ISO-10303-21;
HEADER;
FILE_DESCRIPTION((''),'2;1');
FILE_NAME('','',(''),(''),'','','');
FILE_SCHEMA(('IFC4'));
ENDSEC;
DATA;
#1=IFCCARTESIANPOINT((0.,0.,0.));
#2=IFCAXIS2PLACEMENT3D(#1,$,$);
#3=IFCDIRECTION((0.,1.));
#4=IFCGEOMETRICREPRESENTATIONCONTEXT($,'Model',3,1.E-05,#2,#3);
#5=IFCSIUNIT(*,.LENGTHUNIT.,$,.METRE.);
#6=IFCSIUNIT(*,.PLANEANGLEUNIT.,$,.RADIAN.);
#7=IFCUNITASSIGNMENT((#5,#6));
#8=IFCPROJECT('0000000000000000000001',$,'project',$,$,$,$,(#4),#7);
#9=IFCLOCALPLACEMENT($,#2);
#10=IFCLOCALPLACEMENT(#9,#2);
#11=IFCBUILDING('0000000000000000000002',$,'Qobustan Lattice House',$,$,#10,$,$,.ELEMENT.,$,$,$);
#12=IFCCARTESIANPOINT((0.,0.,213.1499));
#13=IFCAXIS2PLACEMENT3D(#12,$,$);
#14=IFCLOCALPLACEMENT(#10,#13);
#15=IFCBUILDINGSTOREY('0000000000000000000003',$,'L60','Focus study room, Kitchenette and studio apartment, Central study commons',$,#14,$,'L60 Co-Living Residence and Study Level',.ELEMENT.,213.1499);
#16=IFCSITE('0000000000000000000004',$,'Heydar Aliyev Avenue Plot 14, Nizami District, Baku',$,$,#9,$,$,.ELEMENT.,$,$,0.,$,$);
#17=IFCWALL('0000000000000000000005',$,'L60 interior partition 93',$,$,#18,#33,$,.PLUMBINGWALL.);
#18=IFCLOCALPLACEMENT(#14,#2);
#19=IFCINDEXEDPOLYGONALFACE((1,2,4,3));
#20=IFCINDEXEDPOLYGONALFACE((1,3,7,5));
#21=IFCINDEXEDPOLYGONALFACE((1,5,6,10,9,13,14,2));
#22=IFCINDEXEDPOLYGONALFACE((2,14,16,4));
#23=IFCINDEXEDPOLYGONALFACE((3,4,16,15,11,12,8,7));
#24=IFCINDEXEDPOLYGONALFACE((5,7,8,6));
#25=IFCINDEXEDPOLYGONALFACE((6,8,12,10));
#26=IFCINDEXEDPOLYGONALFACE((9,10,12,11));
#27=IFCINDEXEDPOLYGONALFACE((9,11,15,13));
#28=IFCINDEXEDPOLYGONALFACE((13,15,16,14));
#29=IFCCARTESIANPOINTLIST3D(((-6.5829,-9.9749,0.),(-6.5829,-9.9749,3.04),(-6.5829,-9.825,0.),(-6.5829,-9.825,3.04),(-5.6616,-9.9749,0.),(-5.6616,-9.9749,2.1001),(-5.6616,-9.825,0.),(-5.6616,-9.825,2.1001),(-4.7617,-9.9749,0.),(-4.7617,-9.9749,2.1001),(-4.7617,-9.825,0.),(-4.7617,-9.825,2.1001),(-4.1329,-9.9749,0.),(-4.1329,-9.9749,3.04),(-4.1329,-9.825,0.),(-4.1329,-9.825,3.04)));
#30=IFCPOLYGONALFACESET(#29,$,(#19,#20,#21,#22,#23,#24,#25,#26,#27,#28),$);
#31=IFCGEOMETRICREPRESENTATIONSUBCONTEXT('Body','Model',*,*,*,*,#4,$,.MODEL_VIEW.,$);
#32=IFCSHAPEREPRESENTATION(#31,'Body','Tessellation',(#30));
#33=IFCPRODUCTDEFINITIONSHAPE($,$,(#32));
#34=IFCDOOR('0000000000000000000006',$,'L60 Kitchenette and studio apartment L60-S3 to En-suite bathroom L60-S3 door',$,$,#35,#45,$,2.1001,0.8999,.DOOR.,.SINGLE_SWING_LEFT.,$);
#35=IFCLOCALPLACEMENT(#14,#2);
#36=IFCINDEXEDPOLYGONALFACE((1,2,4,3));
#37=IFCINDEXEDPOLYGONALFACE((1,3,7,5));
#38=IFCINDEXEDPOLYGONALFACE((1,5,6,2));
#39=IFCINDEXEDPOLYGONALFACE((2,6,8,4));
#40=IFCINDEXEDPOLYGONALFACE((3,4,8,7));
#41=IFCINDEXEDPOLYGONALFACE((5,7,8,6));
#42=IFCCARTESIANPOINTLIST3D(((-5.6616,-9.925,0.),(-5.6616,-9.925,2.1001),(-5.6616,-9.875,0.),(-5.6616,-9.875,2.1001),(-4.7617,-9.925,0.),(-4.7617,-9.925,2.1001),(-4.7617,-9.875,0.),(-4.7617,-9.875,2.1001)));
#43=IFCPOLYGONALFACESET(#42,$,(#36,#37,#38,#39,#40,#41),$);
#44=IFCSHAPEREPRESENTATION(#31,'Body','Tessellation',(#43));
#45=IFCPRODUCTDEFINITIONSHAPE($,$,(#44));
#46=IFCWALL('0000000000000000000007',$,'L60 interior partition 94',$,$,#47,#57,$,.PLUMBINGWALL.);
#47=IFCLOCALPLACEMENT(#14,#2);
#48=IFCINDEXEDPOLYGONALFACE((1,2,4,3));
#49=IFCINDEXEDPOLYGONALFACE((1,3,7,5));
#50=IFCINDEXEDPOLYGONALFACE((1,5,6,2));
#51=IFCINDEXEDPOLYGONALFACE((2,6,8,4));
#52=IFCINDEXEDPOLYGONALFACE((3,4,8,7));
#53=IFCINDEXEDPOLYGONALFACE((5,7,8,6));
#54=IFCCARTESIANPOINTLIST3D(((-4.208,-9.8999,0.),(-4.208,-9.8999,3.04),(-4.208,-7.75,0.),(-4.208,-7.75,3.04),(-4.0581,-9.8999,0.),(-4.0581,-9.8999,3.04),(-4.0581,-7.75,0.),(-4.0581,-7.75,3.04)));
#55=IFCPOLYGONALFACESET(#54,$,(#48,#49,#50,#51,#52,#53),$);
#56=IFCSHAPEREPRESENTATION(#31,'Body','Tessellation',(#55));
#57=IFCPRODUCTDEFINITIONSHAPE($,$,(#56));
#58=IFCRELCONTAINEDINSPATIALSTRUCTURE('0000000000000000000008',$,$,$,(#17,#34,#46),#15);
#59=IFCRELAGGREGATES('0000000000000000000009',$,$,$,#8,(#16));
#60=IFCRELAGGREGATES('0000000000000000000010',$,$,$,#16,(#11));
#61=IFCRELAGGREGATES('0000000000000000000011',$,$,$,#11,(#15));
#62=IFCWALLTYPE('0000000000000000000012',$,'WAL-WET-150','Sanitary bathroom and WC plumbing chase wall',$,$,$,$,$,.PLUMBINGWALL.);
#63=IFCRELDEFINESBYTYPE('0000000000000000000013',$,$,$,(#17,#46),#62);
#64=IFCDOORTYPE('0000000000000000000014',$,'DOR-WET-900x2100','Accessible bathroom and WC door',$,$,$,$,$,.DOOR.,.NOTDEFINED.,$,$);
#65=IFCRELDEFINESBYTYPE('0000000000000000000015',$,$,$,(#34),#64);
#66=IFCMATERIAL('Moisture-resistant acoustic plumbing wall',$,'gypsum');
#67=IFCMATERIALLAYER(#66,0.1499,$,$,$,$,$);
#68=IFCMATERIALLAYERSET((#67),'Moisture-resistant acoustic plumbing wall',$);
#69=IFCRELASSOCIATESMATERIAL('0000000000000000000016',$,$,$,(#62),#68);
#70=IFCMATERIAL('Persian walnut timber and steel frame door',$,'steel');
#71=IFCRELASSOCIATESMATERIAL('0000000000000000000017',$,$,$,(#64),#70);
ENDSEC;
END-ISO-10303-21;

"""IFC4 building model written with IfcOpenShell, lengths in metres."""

from ifc_helpers import new_model, si_unit, direction, frame, frame_2d, origin, place, context, subcontext, project, spatial, rectangle, extrude, material, layer, layer_set, type_object, element, fill, save


model = new_model("IFC4")

# Units and contexts
model_context = context("Model", 3, precision=1e-05, world=origin(), true_north=direction((0.0, 1.0)))
body_context = subcontext(model_context, "Body", "Model", "MODEL_VIEW")
ifc_project = project(units=[si_unit("LENGTHUNIT", "METRE"), si_unit("PLANEANGLEUNIT", "RADIAN")], contexts=[model_context])

# Site, building, storey
site_placement = place(None, origin())
site = spatial("IfcSite", under=ifc_project, at=site_placement, Name="Heydar Aliyev Avenue Plot 14, Nizami District, Baku", CompositionType="ELEMENT", RefElevation=0.0)
building_placement = place(site_placement, origin())
building = spatial("IfcBuilding", under=site, at=building_placement, Name="Qobustan Lattice House", CompositionType="ELEMENT")
storey_placement = place(building_placement, frame((0.0, 0.0, 213.1499)))
storey = spatial("IfcBuildingStorey", under=building, at=storey_placement, Name="L60", Description="Focus study room, Kitchenette and studio apartment, Central study commons", LongName="L60 Co-Living Residence and Study Level", CompositionType="ELEMENT", Elevation=213.1499)

# Shared definitions
ifc_material_1 = material(Name="Moisture-resistant acoustic plumbing wall", Category="gypsum")
ifc_layer_1 = layer(ifc_material_1, 0.1499)
ifc_layer_set_1 = layer_set([ifc_layer_1], Name="Moisture-resistant acoustic plumbing wall")
wall_type_1 = type_object("IfcWallType", Name="WAL-WET-150", Description="Sanitary bathroom and WC plumbing chase wall", PredefinedType="PLUMBINGWALL", material=ifc_layer_set_1)

# Wall, opening, door
wall_1_placement = place(storey_placement, frame((-6.583, -9.8999, 0.0), z_axis=(0.0, 0.0, 1.0), x_axis=(1.0, 0.0, 0.0)))
wall_1 = element("IfcWall", 1, at=wall_1_placement, inside=storey, type_object=wall_type_1, Name="L60 interior partition 93", PredefinedType="PLUMBINGWALL", context=body_context, shape_type="SweptSolid", body=[
    extrude(rectangle(XDim=2.45, YDim=0.1499, at=frame_2d((1.2251, 0.0))), origin(), (0.0, 0.0, 1.0), 3.04),
])
opening_1_placement = place(wall_1_placement, frame((0.9214, 0.0, 0.0)))
opening_1 = element("IfcOpeningElement", 2, at=opening_1_placement, cuts=wall_1, PredefinedType="OPENING", context=body_context, shape_type="SweptSolid", body=[
    extrude(rectangle(XDim=0.8999, YDim=2.1001, at=frame_2d((0.45, 1.05))), frame((0.0, 0.085, 0.0), z_axis=(0.0, -1.0, 0.0), x_axis=(1.0, 0.0, 0.0)), (0.0, 0.0, 1.0), 0.1699),
])
ifc_material_2 = material(Name="Persian walnut timber and steel frame door", Category="steel")
door_type_1 = type_object("IfcDoorType", Name="DOR-WET-900x2100", Description="Accessible bathroom and WC door", OperationType="NOTDEFINED", PredefinedType="DOOR", material=ifc_material_2)
door_1_placement = place(opening_1_placement, origin())
door_1 = element("IfcDoor", 3, at=door_1_placement, inside=storey, type_object=door_type_1, Name="L60 Kitchenette and studio apartment L60-S3 to En-suite bathroom L60-S3 door", OperationType="SINGLE_SWING_LEFT", OverallHeight=2.1001, OverallWidth=0.8999, PredefinedType="DOOR", context=body_context, shape_type="SweptSolid", body=[
    extrude(rectangle(XDim=0.8999, YDim=2.1001, at=frame_2d((0.45, 1.05))), frame((0.0, 0.0249, 0.0), z_axis=(0.0, -1.0, 0.0), x_axis=(1.0, 0.0, 0.0)), (0.0, 0.0, 1.0), 0.05),
])
fill(opening_1, door_1)

# Wall
wall_2_placement = place(storey_placement, frame((-4.1331, -9.8999, 0.0), z_axis=(0.0, 0.0, 1.0), x_axis=(0.0, 1.0, 0.0)))
element("IfcWall", 4, at=wall_2_placement, inside=storey, type_object=wall_type_1, Name="L60 interior partition 94", PredefinedType="PLUMBINGWALL", context=body_context, shape_type="SweptSolid", body=[
    extrude(rectangle(XDim=2.1499, YDim=0.1499, at=frame_2d((1.075, 0.0))), origin(), (0.0, 0.0, 1.0), 3.04),
])

save(model, "model.ifc")
